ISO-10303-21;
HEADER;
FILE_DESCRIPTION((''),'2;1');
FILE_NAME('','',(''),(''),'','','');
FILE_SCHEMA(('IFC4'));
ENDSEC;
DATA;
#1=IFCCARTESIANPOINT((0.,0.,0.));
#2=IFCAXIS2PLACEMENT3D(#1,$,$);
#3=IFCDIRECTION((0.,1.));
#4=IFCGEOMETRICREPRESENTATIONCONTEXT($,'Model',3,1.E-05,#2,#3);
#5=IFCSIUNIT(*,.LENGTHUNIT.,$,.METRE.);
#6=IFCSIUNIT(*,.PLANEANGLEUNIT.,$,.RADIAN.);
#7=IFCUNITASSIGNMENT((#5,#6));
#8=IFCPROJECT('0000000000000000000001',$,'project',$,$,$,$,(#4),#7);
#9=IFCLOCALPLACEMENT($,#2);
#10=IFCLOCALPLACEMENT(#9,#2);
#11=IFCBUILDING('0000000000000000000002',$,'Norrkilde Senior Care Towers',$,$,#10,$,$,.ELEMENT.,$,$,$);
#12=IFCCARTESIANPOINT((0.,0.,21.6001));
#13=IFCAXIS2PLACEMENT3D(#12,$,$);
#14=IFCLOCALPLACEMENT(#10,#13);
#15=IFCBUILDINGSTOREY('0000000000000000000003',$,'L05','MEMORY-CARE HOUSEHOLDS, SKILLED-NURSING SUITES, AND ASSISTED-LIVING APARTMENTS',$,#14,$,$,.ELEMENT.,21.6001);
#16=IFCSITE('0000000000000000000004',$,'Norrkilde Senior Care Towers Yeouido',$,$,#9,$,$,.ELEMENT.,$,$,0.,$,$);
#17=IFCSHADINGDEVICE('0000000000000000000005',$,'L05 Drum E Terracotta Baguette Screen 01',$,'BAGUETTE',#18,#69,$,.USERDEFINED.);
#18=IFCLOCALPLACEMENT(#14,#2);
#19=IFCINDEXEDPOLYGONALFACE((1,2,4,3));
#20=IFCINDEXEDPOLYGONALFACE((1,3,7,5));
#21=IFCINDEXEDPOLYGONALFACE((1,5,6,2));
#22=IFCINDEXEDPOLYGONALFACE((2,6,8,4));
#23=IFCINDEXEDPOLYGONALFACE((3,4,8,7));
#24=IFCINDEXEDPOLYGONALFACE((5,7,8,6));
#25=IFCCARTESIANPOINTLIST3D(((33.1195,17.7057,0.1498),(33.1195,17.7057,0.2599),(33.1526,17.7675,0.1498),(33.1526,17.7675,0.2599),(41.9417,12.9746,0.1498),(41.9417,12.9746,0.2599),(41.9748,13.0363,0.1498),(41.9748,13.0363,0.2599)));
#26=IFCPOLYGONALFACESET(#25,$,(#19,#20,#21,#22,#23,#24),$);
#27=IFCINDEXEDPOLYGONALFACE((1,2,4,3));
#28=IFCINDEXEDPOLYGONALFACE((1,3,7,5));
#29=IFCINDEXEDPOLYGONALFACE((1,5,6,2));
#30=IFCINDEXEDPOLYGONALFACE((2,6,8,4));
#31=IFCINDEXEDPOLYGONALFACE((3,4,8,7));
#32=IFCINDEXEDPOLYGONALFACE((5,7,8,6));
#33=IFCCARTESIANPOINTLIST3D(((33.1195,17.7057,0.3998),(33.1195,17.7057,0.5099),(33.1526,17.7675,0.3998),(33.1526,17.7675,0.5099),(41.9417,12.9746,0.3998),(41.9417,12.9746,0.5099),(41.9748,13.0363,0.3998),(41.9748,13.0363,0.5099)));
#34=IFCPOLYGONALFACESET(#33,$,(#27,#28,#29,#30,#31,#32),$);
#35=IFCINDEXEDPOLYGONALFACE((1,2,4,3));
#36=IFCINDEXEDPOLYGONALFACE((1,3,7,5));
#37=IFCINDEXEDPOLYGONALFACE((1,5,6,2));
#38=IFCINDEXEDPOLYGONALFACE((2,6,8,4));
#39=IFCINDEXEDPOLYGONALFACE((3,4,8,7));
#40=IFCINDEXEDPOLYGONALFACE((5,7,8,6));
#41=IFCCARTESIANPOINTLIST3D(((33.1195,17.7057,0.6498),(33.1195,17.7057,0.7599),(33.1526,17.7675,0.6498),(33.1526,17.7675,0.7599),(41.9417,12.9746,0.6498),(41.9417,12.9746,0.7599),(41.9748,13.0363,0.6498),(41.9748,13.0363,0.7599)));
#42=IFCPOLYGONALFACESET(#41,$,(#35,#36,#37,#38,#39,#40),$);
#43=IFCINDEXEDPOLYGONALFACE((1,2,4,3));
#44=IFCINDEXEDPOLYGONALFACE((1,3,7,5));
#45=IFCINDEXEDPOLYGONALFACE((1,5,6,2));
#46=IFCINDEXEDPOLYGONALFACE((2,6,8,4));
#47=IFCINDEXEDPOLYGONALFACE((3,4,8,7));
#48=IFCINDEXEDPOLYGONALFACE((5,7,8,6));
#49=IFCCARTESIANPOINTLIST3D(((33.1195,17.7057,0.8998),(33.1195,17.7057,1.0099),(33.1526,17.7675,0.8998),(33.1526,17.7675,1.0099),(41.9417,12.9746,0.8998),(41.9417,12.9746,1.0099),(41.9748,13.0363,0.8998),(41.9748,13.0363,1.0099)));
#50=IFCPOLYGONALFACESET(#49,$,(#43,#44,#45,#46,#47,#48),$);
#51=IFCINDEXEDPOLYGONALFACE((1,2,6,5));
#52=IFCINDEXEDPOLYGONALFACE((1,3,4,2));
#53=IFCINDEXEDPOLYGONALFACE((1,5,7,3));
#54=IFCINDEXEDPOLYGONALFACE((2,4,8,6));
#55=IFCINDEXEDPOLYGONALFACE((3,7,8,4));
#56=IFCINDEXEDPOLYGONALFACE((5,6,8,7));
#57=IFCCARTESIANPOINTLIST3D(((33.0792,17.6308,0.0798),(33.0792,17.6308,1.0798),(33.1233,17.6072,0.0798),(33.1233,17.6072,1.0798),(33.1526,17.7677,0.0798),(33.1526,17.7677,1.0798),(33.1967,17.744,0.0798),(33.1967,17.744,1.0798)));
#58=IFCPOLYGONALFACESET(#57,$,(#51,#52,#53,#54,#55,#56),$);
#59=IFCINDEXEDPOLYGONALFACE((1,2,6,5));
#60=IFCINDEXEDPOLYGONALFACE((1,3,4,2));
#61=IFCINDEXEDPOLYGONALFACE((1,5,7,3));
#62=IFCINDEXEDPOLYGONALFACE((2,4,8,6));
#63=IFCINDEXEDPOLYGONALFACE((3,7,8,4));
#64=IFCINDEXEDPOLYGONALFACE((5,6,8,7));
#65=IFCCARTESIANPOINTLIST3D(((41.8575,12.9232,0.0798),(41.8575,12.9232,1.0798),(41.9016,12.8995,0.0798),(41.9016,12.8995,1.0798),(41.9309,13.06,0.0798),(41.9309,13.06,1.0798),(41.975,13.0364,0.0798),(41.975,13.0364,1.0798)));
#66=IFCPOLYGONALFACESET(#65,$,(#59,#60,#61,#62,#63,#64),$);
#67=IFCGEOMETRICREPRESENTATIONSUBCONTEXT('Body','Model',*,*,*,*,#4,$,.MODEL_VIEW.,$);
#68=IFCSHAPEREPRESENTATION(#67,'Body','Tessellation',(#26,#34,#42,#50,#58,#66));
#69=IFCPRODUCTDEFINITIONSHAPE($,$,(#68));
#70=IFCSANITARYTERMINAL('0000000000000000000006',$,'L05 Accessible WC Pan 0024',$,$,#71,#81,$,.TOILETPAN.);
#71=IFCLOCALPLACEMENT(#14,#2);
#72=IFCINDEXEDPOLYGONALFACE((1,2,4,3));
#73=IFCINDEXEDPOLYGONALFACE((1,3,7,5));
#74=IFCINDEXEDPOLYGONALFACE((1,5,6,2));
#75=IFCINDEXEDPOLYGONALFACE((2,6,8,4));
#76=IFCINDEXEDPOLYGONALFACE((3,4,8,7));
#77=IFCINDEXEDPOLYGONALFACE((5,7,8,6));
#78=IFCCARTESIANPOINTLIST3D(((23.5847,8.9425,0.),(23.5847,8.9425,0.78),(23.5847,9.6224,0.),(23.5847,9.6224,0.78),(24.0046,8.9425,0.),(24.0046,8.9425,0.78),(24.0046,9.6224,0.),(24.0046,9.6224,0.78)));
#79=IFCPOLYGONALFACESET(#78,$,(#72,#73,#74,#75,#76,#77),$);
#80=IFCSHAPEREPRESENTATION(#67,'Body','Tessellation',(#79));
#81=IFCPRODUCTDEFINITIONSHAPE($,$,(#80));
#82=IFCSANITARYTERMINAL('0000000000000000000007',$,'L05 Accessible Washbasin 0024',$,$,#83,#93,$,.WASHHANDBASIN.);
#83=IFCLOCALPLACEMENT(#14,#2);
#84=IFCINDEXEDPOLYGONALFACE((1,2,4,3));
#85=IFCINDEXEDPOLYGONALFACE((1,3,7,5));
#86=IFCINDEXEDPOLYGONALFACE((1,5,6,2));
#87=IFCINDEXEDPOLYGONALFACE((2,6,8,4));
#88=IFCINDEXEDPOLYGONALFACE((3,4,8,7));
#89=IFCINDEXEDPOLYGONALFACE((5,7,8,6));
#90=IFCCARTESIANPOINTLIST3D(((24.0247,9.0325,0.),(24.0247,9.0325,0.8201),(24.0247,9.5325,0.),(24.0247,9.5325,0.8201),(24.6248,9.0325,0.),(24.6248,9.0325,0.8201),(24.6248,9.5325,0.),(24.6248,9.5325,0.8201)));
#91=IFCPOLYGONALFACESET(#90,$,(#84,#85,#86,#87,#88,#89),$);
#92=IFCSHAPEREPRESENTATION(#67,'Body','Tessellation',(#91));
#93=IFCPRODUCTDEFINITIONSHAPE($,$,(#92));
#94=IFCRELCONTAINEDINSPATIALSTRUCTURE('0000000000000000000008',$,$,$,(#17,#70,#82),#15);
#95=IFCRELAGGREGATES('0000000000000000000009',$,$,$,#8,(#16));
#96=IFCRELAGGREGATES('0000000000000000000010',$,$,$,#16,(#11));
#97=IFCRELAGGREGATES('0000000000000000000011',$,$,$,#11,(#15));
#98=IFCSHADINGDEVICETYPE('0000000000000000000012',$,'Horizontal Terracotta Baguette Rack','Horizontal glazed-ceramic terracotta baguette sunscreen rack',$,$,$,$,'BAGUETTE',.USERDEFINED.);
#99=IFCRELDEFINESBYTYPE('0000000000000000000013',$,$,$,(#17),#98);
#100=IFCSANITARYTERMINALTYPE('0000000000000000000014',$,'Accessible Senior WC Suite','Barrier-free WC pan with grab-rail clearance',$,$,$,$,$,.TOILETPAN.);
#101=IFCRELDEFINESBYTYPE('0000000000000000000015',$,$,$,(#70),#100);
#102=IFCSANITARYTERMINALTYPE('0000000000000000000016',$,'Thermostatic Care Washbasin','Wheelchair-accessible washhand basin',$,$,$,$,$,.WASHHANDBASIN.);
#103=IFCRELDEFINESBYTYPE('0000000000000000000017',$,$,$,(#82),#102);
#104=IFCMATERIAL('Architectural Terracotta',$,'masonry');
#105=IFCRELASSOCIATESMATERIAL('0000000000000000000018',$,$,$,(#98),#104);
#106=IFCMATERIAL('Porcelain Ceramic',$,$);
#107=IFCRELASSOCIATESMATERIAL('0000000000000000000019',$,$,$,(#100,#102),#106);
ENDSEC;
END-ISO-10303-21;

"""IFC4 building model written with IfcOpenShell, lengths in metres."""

from ifc_helpers import new_model, si_unit, direction, frame, origin, origin_2d, place, context, subcontext, project, spatial, rectangle, extrude, source, transform, mapped, material, type_object, type_shapes, element, save


model = new_model("IFC4")

# Units and contexts
model_context = context("Model", 3, precision=1e-05, world=origin(), true_north=direction((0.0, 1.0)))
body_context = subcontext(model_context, "Body", "Model", "MODEL_VIEW")
ifc_project = project(units=[si_unit("LENGTHUNIT", "METRE"), si_unit("PLANEANGLEUNIT", "RADIAN")], contexts=[model_context])

# Site, building, storey
site_placement = place(None, origin())
site = spatial("IfcSite", under=ifc_project, at=site_placement, Name="Norrkilde Senior Care Towers Yeouido", CompositionType="ELEMENT", RefElevation=0.0)
building_placement = place(site_placement, origin())
building = spatial("IfcBuilding", under=site, at=building_placement, Name="Norrkilde Senior Care Towers", CompositionType="ELEMENT")
storey_placement = place(building_placement, frame((0.0, 0.0, 21.6001)))
storey = spatial("IfcBuildingStorey", under=building, at=storey_placement, Name="L05", Description="MEMORY-CARE HOUSEHOLDS, SKILLED-NURSING SUITES, AND ASSISTED-LIVING APARTMENTS", CompositionType="ELEMENT", Elevation=21.6001)

# Shading device
ifc_material_1 = material(Name="Architectural Terracotta", Category="masonry")
shading_device_type = type_object("IfcShadingDeviceType", Name="Horizontal Terracotta Baguette Rack", Description="Horizontal glazed-ceramic terracotta baguette sunscreen rack", ElementType="BAGUETTE", PredefinedType="USERDEFINED", material=ifc_material_1)
shared_shape_1 = source(origin(), body_context, "Body", "SweptSolid", [
    extrude(rectangle(XDim=0.0701, YDim=0.1101, at=origin_2d()), frame((0.0, 0.0901, 0.125), z_axis=(1.0, 0.0, 0.0), x_axis=(0.0, 1.0, 0.0)), (0.0, 0.0, 1.0), 10.0107),
    extrude(rectangle(XDim=0.0701, YDim=0.1101, at=origin_2d()), frame((0.0, 0.0901, 0.375), z_axis=(1.0, 0.0, 0.0), x_axis=(0.0, 1.0, 0.0)), (0.0, 0.0, 1.0), 10.0107),
    extrude(rectangle(XDim=0.0701, YDim=0.1101, at=origin_2d()), frame((0.0, 0.0901, 0.625), z_axis=(1.0, 0.0, 0.0), x_axis=(0.0, 1.0, 0.0)), (0.0, 0.0, 1.0), 10.0107),
    extrude(rectangle(XDim=0.0701, YDim=0.1101, at=origin_2d()), frame((0.0, 0.0901, 0.875), z_axis=(1.0, 0.0, 0.0), x_axis=(0.0, 1.0, 0.0)), (0.0, 0.0, 1.0), 10.0107),
    extrude(rectangle(XDim=0.05, YDim=0.1553, at=origin_2d()), frame((0.0249, 0.0476, 0.0)), (0.0, 0.0, 1.0), 1.0),
    extrude(rectangle(XDim=0.05, YDim=0.1553, at=origin_2d()), frame((9.9858, 0.0476, 0.0)), (0.0, 0.0, 1.0), 1.0),
])
type_shapes(shading_device_type, [shared_shape_1])
shading_device_placement = place(storey_placement, frame((33.0935, 17.6572, 0.0798), z_axis=(0.0, 0.0, 1.0), x_axis=(0.88128, -0.472612, 0.0)))
element("IfcShadingDevice", 1, at=shading_device_placement, inside=storey, type_object=shading_device_type, Name="L05 Drum E Terracotta Baguette Screen 01", ObjectType="BAGUETTE", PredefinedType="USERDEFINED", context=body_context, shape_type="MappedRepresentation", body=[
    mapped(shared_shape_1, transform((0.0, 0.0, 0.0), x_axis=(1.0, 0.0, 0.0), y_axis=(0.0, 1.0, 0.0), z_axis=(0.0, 0.0, 1.0), scale=1.0)),
])

# Sanitary terminals
ifc_material_2 = material(Name="Porcelain Ceramic")
sanitary_terminal_type_1 = type_object("IfcSanitaryTerminalType", Name="Accessible Senior WC Suite", Description="Barrier-free WC pan with grab-rail clearance", PredefinedType="TOILETPAN", material=ifc_material_2)
shared_shape_2 = source(origin(), body_context, "Body", "SweptSolid", [
    extrude(rectangle(XDim=0.4199, YDim=0.6799, at=origin_2d()), origin(), (0.0, 0.0, 1.0), 0.78),
])
type_shapes(sanitary_terminal_type_1, [shared_shape_2])
sanitary_terminal_1_placement = place(storey_placement, frame((23.7947, 9.2825, 0.0), z_axis=(0.0, 0.0, 1.0), x_axis=(1.0, 0.0, 0.0)))
element("IfcSanitaryTerminal", 2, at=sanitary_terminal_1_placement, inside=storey, type_object=sanitary_terminal_type_1, Name="L05 Accessible WC Pan 0024", PredefinedType="TOILETPAN", context=body_context, shape_type="MappedRepresentation", body=[
    mapped(shared_shape_2, transform((0.0, 0.0, 0.0), x_axis=(1.0, 0.0, 0.0), y_axis=(0.0, 1.0, 0.0), z_axis=(0.0, 0.0, 1.0), scale=1.0)),
])
sanitary_terminal_type_2 = type_object("IfcSanitaryTerminalType", Name="Thermostatic Care Washbasin", Description="Wheelchair-accessible washhand basin", PredefinedType="WASHHANDBASIN", material=ifc_material_2)
shared_shape_3 = source(origin(), body_context, "Body", "SweptSolid", [
    extrude(rectangle(XDim=0.6001, YDim=0.5, at=origin_2d()), origin(), (0.0, 0.0, 1.0), 0.8201),
])
type_shapes(sanitary_terminal_type_2, [shared_shape_3])
sanitary_terminal_2_placement = place(storey_placement, frame((24.3247, 9.2825, 0.0), z_axis=(0.0, 0.0, 1.0), x_axis=(1.0, 0.0, 0.0)))
element("IfcSanitaryTerminal", 3, at=sanitary_terminal_2_placement, inside=storey, type_object=sanitary_terminal_type_2, Name="L05 Accessible Washbasin 0024", PredefinedType="WASHHANDBASIN", context=body_context, shape_type="MappedRepresentation", body=[
    mapped(shared_shape_3, transform((0.0, 0.0, 0.0), x_axis=(1.0, 0.0, 0.0), y_axis=(0.0, 1.0, 0.0), z_axis=(0.0, 0.0, 1.0), scale=1.0)),
])

save(model, "model.ifc")
